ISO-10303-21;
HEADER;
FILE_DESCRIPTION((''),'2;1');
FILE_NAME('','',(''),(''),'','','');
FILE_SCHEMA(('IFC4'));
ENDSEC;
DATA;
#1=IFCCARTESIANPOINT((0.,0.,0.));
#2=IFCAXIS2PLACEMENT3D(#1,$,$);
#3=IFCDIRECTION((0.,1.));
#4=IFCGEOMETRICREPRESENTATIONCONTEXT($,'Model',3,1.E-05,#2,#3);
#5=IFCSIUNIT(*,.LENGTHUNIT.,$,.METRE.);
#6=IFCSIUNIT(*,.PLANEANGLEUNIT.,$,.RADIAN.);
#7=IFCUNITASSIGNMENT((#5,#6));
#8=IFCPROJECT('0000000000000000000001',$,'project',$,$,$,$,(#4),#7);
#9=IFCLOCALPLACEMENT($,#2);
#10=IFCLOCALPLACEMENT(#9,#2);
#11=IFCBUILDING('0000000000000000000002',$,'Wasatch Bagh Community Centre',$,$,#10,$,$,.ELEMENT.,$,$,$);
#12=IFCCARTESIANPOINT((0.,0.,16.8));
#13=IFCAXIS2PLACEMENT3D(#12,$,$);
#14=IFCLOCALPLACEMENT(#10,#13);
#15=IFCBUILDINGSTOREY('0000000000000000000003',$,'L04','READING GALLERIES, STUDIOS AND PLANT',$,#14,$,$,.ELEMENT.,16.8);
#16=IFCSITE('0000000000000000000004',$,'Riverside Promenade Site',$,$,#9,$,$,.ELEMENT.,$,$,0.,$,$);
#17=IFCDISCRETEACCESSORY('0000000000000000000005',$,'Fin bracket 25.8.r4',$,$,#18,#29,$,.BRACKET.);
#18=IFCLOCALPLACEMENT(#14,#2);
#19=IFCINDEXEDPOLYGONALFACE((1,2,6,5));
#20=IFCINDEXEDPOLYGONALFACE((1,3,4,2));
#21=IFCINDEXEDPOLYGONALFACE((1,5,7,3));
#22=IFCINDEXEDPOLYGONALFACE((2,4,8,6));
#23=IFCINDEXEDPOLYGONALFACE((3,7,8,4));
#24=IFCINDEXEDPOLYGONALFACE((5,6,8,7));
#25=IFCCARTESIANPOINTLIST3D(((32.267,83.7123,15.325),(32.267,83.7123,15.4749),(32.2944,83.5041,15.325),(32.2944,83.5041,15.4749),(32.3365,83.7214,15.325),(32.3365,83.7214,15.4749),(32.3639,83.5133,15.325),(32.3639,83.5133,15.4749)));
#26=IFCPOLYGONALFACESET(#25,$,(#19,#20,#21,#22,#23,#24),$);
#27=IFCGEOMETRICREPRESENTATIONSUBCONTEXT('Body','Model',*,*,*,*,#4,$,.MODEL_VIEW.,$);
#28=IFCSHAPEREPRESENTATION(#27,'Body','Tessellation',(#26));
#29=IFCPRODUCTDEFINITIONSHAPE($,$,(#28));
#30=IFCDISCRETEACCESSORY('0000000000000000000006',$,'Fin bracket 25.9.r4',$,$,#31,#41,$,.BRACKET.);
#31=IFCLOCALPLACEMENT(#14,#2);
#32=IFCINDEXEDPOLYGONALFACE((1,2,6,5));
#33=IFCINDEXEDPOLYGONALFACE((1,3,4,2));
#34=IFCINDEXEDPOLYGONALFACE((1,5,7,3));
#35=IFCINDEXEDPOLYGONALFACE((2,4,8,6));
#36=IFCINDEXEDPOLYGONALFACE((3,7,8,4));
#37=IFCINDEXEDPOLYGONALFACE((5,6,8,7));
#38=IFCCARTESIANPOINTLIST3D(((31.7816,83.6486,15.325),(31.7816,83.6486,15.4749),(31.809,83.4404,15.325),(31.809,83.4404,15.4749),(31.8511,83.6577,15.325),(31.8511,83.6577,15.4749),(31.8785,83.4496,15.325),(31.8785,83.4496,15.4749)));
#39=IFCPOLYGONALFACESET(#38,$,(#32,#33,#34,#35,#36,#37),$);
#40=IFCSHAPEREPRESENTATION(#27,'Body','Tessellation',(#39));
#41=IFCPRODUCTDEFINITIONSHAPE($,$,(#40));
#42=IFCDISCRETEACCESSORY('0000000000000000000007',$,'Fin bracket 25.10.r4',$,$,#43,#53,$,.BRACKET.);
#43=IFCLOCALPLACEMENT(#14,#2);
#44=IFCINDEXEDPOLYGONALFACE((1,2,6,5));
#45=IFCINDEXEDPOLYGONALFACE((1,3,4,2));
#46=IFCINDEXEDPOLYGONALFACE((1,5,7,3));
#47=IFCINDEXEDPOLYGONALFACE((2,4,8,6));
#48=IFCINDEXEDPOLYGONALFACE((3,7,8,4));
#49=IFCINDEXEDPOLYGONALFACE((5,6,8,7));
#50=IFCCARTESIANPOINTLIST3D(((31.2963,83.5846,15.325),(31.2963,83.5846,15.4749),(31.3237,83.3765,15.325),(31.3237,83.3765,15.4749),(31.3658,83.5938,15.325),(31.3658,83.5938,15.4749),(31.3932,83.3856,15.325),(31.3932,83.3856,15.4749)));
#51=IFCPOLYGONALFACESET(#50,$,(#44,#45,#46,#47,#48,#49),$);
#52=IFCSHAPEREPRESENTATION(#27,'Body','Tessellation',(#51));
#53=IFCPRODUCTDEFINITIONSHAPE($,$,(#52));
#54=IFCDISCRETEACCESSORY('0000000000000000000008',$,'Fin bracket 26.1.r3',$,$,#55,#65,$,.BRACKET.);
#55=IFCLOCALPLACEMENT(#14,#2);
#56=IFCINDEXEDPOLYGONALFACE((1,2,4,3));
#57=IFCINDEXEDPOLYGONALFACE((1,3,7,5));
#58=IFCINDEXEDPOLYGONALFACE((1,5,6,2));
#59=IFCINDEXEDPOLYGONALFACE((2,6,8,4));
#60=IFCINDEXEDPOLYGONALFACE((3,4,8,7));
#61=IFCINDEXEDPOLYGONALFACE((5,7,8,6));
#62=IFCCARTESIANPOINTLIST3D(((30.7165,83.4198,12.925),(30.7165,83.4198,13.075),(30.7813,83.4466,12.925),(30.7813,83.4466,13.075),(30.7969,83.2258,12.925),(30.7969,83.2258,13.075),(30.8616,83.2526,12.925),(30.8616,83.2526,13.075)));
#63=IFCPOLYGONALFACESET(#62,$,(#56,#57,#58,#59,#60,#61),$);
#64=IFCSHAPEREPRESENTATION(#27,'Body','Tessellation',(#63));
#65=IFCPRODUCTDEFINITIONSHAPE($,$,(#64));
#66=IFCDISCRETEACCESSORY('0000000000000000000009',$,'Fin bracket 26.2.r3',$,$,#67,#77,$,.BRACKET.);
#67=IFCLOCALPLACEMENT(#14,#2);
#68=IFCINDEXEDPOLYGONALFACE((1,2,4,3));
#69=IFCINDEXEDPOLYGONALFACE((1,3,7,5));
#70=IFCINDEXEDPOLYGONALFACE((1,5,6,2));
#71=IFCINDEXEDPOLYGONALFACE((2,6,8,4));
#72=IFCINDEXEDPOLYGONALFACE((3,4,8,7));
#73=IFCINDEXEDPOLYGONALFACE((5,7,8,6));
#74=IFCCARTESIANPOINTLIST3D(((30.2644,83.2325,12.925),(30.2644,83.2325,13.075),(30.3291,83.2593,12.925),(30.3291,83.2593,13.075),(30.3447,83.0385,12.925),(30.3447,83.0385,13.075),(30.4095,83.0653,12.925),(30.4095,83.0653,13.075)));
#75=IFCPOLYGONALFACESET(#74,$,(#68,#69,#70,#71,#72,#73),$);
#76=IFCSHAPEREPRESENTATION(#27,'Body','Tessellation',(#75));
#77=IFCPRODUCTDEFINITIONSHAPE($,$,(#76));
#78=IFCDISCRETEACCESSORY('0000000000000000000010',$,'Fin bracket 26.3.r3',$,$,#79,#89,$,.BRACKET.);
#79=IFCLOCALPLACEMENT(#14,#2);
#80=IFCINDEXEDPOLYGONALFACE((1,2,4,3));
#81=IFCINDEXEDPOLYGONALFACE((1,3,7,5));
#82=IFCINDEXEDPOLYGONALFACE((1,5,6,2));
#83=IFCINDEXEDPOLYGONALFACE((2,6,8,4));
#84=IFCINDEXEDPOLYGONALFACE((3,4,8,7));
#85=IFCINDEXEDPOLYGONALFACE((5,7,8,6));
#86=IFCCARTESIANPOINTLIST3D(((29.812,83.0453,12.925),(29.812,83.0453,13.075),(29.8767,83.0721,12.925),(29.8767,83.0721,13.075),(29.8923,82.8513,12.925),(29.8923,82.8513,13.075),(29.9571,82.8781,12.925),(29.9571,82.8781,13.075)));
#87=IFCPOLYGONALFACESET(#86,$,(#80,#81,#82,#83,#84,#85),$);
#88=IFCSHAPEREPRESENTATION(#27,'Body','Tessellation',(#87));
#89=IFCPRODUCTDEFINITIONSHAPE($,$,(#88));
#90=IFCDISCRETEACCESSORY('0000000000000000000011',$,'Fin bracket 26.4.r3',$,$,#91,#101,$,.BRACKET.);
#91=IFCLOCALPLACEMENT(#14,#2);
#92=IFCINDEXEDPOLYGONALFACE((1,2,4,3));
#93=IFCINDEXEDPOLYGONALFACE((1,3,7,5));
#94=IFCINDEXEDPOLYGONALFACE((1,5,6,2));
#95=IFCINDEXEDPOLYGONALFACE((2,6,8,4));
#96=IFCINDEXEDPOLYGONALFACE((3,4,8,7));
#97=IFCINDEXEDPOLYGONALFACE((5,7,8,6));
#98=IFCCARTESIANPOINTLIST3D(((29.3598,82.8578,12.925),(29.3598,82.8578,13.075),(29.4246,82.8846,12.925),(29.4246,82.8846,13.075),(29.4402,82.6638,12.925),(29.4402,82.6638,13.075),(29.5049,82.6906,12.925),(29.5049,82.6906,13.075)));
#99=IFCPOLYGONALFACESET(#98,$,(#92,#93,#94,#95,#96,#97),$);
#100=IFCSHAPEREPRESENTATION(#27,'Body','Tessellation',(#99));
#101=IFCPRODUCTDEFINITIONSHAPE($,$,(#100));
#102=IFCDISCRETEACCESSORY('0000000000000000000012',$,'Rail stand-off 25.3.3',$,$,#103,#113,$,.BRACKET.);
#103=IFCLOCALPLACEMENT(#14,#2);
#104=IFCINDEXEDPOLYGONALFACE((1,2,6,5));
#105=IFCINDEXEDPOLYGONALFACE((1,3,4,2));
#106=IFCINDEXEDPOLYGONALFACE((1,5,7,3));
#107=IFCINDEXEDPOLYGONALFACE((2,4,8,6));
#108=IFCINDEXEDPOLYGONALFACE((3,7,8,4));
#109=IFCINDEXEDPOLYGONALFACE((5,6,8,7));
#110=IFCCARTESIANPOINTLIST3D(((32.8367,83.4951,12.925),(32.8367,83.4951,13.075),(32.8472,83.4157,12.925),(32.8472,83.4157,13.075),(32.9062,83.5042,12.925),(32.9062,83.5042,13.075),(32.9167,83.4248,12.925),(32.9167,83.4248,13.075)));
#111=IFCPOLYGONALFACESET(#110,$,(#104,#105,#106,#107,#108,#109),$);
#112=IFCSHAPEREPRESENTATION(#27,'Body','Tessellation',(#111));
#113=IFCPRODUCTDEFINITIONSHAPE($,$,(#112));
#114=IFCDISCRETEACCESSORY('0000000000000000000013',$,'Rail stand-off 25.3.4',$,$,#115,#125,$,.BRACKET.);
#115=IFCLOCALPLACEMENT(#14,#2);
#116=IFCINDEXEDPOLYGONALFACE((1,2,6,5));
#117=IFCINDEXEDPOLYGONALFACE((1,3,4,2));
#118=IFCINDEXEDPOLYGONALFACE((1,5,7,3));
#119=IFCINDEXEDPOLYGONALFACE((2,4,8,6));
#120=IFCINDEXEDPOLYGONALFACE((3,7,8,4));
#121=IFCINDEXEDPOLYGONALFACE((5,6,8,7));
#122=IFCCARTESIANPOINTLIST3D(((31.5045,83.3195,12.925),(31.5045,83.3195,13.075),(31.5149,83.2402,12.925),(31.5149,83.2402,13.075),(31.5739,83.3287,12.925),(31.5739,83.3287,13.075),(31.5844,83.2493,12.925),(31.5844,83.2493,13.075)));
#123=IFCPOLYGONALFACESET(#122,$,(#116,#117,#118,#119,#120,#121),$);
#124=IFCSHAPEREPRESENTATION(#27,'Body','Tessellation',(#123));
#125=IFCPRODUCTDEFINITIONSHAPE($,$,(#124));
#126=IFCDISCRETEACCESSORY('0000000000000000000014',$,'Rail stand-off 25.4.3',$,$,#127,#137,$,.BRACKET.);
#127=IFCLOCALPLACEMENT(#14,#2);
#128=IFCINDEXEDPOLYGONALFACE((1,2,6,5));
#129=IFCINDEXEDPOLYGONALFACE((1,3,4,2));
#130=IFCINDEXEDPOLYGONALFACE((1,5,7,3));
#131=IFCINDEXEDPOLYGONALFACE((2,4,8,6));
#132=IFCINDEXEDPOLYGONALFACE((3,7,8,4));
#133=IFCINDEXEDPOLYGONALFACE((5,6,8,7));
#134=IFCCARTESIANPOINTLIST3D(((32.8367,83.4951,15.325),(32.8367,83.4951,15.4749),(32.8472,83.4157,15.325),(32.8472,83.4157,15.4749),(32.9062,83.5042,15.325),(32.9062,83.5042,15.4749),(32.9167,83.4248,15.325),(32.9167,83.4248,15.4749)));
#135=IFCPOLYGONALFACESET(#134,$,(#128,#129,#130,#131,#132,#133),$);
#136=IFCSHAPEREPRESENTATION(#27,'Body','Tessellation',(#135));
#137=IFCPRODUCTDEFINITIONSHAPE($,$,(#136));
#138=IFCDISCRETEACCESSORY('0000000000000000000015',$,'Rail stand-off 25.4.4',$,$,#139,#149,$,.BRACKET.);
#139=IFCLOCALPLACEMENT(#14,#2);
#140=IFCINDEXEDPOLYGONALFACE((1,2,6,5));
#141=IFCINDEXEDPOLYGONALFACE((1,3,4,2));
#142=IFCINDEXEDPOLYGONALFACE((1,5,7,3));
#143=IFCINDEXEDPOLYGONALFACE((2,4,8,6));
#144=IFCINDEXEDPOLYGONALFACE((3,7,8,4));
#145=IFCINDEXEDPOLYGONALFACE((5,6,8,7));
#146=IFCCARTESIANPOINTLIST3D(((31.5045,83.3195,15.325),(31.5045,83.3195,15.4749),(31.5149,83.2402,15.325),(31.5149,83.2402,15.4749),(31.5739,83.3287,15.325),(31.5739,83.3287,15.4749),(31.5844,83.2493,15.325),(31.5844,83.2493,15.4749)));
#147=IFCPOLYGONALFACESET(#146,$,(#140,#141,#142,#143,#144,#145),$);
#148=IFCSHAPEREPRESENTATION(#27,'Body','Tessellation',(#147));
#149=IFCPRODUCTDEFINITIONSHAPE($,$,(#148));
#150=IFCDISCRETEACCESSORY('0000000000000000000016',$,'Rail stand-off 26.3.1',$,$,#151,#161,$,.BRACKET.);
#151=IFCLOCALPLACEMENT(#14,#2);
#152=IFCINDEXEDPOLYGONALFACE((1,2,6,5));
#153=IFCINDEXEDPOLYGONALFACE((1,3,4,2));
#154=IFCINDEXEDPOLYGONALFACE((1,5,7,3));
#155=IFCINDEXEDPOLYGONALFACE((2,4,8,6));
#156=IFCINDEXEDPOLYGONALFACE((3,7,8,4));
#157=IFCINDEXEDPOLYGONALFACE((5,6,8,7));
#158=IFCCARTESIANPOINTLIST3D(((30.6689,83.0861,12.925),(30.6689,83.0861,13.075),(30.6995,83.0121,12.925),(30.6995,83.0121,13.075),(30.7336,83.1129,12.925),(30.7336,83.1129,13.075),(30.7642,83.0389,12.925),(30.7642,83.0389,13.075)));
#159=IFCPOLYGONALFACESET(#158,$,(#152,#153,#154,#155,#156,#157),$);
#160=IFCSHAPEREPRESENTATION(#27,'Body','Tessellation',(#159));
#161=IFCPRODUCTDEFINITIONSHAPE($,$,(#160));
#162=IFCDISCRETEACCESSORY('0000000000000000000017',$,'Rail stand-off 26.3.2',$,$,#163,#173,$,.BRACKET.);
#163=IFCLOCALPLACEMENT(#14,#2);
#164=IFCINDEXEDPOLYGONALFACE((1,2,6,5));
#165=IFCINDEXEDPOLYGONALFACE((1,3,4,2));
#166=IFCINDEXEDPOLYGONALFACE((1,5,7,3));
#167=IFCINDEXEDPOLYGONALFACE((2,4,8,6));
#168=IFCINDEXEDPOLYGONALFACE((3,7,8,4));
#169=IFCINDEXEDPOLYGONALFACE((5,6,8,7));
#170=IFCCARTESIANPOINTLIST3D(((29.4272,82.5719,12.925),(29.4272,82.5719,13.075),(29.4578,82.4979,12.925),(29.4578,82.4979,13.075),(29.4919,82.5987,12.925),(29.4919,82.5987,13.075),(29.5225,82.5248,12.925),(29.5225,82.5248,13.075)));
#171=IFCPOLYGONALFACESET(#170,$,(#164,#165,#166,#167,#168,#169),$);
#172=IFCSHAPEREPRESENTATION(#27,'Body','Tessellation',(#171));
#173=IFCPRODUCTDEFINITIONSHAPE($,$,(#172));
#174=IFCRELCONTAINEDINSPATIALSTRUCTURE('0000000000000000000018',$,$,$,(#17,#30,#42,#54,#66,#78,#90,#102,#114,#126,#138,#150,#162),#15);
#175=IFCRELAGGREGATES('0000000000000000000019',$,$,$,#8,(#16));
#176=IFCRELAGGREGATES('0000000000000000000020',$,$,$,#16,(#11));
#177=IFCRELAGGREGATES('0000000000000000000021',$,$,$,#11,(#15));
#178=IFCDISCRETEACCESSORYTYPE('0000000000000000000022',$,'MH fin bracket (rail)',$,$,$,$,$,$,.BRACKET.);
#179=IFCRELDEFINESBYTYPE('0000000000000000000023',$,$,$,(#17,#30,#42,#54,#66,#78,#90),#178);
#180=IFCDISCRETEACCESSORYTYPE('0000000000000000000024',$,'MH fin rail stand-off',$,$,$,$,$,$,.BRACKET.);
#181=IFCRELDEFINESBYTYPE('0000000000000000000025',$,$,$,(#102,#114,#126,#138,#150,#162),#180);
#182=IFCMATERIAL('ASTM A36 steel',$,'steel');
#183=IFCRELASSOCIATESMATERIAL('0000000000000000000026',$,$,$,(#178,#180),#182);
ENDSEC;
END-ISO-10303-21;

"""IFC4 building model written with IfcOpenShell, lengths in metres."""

from ifc_helpers import new_model, si_unit, direction, frame, origin, origin_2d, place, context, subcontext, project, spatial, rectangle, extrude, material, type_object, element, save


model = new_model("IFC4")

# Units and contexts
model_context = context("Model", 3, precision=1e-05, world=origin(), true_north=direction((0.0, 1.0)))
body_context = subcontext(model_context, "Body", "Model", "MODEL_VIEW")
ifc_project = project(units=[si_unit("LENGTHUNIT", "METRE"), si_unit("PLANEANGLEUNIT", "RADIAN")], contexts=[model_context])

# Site, building, storey
site_placement = place(None, origin())
site = spatial("IfcSite", under=ifc_project, at=site_placement, Name="Riverside Promenade Site", CompositionType="ELEMENT", RefElevation=0.0)
building_placement = place(site_placement, origin())
building = spatial("IfcBuilding", under=site, at=building_placement, Name="Wasatch Bagh Community Centre", CompositionType="ELEMENT")
storey_placement = place(building_placement, frame((0.0, 0.0, 16.8)))
storey = spatial("IfcBuildingStorey", under=building, at=storey_placement, Name="L04", Description="READING GALLERIES, STUDIOS AND PLANT", CompositionType="ELEMENT", Elevation=16.8)

# Discrete accessories
ifc_material_1 = material(Name="ASTM A36 steel", Category="steel")
discrete_accessory_type_1 = type_object("IfcDiscreteAccessoryType", Name="MH fin bracket (rail)", PredefinedType="BRACKET", material=ifc_material_1)
for number, where, z_axis, x_axis, name in (
    (1, (32.3154, 83.6128, 15.325), (0.0, 0.0, 1.0), (-0.991445, -0.130526, 0.0), "Fin bracket 25.8.r4"),
    (2, (31.8301, 83.5491, 15.325), (0.0, 0.0, 1.0), (-0.991445, -0.130526, 0.0), "Fin bracket 25.9.r4"),
    (3, (31.3447, 83.4851, 15.325), (0.0, 0.0, 1.0), (-0.991445, -0.130526, 0.0), "Fin bracket 25.10.r4"),
    (4, (30.7891, 83.3362, 12.925), (0.0, 0.0, 1.0), (-0.92388, -0.382683, 0.0), "Fin bracket 26.1.r3"),
    (5, (30.3369, 83.1489, 12.925), (0.0, 0.0, 1.0), (-0.92388, -0.382683, 0.0), "Fin bracket 26.2.r3"),
    (6, (29.8845, 82.9617, 12.925), (0.0, 0.0, 1.0), (-0.92388, -0.382683, 0.0), "Fin bracket 26.3.r3"),
    (7, (29.4324, 82.7742, 12.925), (0.0, 0.0, 1.0), (-0.92388, -0.382683, 0.0), "Fin bracket 26.4.r3"),
):
    element("IfcDiscreteAccessory", number, at=place(storey_placement, frame(where, z_axis=z_axis, x_axis=x_axis)), inside=storey, type_object=discrete_accessory_type_1, Name=name, PredefinedType="BRACKET", context=body_context, shape_type="SweptSolid", body=[
        extrude(rectangle(XDim=0.0701, YDim=0.21, at=origin_2d()), origin(), (0.0, 0.0, 1.0), 0.1499),
    ])
discrete_accessory_type_2 = type_object("IfcDiscreteAccessoryType", Name="MH fin rail stand-off", PredefinedType="BRACKET", material=ifc_material_1)
for number, where, z_axis, x_axis, name in (
    (8, (32.8767, 83.46, 12.925), (0.0, 0.0, 1.0), (-0.991445, -0.130526, 0.0), "Rail stand-off 25.3.3"),
    (9, (31.5444, 83.2844, 12.925), (0.0, 0.0, 1.0), (-0.991445, -0.130526, 0.0), "Rail stand-off 25.3.4"),
    (10, (32.8767, 83.46, 15.325), (0.0, 0.0, 1.0), (-0.991445, -0.130526, 0.0), "Rail stand-off 25.4.3"),
    (11, (31.5444, 83.2844, 15.325), (0.0, 0.0, 1.0), (-0.991445, -0.130526, 0.0), "Rail stand-off 25.4.4"),
    (12, (30.7166, 83.0625, 12.925), (0.0, 0.0, 1.0), (-0.92388, -0.382683, 0.0), "Rail stand-off 26.3.1"),
    (13, (29.4749, 82.5483, 12.925), (0.0, 0.0, 1.0), (-0.92388, -0.382683, 0.0), "Rail stand-off 26.3.2"),
):
    element("IfcDiscreteAccessory", number, at=place(storey_placement, frame(where, z_axis=z_axis, x_axis=x_axis)), inside=storey, type_object=discrete_accessory_type_2, Name=name, PredefinedType="BRACKET", context=body_context, shape_type="SweptSolid", body=[
        extrude(rectangle(XDim=0.0701, YDim=0.0801, at=origin_2d()), origin(), (0.0, 0.0, 1.0), 0.1499),
    ])

save(model, "model.ifc")
